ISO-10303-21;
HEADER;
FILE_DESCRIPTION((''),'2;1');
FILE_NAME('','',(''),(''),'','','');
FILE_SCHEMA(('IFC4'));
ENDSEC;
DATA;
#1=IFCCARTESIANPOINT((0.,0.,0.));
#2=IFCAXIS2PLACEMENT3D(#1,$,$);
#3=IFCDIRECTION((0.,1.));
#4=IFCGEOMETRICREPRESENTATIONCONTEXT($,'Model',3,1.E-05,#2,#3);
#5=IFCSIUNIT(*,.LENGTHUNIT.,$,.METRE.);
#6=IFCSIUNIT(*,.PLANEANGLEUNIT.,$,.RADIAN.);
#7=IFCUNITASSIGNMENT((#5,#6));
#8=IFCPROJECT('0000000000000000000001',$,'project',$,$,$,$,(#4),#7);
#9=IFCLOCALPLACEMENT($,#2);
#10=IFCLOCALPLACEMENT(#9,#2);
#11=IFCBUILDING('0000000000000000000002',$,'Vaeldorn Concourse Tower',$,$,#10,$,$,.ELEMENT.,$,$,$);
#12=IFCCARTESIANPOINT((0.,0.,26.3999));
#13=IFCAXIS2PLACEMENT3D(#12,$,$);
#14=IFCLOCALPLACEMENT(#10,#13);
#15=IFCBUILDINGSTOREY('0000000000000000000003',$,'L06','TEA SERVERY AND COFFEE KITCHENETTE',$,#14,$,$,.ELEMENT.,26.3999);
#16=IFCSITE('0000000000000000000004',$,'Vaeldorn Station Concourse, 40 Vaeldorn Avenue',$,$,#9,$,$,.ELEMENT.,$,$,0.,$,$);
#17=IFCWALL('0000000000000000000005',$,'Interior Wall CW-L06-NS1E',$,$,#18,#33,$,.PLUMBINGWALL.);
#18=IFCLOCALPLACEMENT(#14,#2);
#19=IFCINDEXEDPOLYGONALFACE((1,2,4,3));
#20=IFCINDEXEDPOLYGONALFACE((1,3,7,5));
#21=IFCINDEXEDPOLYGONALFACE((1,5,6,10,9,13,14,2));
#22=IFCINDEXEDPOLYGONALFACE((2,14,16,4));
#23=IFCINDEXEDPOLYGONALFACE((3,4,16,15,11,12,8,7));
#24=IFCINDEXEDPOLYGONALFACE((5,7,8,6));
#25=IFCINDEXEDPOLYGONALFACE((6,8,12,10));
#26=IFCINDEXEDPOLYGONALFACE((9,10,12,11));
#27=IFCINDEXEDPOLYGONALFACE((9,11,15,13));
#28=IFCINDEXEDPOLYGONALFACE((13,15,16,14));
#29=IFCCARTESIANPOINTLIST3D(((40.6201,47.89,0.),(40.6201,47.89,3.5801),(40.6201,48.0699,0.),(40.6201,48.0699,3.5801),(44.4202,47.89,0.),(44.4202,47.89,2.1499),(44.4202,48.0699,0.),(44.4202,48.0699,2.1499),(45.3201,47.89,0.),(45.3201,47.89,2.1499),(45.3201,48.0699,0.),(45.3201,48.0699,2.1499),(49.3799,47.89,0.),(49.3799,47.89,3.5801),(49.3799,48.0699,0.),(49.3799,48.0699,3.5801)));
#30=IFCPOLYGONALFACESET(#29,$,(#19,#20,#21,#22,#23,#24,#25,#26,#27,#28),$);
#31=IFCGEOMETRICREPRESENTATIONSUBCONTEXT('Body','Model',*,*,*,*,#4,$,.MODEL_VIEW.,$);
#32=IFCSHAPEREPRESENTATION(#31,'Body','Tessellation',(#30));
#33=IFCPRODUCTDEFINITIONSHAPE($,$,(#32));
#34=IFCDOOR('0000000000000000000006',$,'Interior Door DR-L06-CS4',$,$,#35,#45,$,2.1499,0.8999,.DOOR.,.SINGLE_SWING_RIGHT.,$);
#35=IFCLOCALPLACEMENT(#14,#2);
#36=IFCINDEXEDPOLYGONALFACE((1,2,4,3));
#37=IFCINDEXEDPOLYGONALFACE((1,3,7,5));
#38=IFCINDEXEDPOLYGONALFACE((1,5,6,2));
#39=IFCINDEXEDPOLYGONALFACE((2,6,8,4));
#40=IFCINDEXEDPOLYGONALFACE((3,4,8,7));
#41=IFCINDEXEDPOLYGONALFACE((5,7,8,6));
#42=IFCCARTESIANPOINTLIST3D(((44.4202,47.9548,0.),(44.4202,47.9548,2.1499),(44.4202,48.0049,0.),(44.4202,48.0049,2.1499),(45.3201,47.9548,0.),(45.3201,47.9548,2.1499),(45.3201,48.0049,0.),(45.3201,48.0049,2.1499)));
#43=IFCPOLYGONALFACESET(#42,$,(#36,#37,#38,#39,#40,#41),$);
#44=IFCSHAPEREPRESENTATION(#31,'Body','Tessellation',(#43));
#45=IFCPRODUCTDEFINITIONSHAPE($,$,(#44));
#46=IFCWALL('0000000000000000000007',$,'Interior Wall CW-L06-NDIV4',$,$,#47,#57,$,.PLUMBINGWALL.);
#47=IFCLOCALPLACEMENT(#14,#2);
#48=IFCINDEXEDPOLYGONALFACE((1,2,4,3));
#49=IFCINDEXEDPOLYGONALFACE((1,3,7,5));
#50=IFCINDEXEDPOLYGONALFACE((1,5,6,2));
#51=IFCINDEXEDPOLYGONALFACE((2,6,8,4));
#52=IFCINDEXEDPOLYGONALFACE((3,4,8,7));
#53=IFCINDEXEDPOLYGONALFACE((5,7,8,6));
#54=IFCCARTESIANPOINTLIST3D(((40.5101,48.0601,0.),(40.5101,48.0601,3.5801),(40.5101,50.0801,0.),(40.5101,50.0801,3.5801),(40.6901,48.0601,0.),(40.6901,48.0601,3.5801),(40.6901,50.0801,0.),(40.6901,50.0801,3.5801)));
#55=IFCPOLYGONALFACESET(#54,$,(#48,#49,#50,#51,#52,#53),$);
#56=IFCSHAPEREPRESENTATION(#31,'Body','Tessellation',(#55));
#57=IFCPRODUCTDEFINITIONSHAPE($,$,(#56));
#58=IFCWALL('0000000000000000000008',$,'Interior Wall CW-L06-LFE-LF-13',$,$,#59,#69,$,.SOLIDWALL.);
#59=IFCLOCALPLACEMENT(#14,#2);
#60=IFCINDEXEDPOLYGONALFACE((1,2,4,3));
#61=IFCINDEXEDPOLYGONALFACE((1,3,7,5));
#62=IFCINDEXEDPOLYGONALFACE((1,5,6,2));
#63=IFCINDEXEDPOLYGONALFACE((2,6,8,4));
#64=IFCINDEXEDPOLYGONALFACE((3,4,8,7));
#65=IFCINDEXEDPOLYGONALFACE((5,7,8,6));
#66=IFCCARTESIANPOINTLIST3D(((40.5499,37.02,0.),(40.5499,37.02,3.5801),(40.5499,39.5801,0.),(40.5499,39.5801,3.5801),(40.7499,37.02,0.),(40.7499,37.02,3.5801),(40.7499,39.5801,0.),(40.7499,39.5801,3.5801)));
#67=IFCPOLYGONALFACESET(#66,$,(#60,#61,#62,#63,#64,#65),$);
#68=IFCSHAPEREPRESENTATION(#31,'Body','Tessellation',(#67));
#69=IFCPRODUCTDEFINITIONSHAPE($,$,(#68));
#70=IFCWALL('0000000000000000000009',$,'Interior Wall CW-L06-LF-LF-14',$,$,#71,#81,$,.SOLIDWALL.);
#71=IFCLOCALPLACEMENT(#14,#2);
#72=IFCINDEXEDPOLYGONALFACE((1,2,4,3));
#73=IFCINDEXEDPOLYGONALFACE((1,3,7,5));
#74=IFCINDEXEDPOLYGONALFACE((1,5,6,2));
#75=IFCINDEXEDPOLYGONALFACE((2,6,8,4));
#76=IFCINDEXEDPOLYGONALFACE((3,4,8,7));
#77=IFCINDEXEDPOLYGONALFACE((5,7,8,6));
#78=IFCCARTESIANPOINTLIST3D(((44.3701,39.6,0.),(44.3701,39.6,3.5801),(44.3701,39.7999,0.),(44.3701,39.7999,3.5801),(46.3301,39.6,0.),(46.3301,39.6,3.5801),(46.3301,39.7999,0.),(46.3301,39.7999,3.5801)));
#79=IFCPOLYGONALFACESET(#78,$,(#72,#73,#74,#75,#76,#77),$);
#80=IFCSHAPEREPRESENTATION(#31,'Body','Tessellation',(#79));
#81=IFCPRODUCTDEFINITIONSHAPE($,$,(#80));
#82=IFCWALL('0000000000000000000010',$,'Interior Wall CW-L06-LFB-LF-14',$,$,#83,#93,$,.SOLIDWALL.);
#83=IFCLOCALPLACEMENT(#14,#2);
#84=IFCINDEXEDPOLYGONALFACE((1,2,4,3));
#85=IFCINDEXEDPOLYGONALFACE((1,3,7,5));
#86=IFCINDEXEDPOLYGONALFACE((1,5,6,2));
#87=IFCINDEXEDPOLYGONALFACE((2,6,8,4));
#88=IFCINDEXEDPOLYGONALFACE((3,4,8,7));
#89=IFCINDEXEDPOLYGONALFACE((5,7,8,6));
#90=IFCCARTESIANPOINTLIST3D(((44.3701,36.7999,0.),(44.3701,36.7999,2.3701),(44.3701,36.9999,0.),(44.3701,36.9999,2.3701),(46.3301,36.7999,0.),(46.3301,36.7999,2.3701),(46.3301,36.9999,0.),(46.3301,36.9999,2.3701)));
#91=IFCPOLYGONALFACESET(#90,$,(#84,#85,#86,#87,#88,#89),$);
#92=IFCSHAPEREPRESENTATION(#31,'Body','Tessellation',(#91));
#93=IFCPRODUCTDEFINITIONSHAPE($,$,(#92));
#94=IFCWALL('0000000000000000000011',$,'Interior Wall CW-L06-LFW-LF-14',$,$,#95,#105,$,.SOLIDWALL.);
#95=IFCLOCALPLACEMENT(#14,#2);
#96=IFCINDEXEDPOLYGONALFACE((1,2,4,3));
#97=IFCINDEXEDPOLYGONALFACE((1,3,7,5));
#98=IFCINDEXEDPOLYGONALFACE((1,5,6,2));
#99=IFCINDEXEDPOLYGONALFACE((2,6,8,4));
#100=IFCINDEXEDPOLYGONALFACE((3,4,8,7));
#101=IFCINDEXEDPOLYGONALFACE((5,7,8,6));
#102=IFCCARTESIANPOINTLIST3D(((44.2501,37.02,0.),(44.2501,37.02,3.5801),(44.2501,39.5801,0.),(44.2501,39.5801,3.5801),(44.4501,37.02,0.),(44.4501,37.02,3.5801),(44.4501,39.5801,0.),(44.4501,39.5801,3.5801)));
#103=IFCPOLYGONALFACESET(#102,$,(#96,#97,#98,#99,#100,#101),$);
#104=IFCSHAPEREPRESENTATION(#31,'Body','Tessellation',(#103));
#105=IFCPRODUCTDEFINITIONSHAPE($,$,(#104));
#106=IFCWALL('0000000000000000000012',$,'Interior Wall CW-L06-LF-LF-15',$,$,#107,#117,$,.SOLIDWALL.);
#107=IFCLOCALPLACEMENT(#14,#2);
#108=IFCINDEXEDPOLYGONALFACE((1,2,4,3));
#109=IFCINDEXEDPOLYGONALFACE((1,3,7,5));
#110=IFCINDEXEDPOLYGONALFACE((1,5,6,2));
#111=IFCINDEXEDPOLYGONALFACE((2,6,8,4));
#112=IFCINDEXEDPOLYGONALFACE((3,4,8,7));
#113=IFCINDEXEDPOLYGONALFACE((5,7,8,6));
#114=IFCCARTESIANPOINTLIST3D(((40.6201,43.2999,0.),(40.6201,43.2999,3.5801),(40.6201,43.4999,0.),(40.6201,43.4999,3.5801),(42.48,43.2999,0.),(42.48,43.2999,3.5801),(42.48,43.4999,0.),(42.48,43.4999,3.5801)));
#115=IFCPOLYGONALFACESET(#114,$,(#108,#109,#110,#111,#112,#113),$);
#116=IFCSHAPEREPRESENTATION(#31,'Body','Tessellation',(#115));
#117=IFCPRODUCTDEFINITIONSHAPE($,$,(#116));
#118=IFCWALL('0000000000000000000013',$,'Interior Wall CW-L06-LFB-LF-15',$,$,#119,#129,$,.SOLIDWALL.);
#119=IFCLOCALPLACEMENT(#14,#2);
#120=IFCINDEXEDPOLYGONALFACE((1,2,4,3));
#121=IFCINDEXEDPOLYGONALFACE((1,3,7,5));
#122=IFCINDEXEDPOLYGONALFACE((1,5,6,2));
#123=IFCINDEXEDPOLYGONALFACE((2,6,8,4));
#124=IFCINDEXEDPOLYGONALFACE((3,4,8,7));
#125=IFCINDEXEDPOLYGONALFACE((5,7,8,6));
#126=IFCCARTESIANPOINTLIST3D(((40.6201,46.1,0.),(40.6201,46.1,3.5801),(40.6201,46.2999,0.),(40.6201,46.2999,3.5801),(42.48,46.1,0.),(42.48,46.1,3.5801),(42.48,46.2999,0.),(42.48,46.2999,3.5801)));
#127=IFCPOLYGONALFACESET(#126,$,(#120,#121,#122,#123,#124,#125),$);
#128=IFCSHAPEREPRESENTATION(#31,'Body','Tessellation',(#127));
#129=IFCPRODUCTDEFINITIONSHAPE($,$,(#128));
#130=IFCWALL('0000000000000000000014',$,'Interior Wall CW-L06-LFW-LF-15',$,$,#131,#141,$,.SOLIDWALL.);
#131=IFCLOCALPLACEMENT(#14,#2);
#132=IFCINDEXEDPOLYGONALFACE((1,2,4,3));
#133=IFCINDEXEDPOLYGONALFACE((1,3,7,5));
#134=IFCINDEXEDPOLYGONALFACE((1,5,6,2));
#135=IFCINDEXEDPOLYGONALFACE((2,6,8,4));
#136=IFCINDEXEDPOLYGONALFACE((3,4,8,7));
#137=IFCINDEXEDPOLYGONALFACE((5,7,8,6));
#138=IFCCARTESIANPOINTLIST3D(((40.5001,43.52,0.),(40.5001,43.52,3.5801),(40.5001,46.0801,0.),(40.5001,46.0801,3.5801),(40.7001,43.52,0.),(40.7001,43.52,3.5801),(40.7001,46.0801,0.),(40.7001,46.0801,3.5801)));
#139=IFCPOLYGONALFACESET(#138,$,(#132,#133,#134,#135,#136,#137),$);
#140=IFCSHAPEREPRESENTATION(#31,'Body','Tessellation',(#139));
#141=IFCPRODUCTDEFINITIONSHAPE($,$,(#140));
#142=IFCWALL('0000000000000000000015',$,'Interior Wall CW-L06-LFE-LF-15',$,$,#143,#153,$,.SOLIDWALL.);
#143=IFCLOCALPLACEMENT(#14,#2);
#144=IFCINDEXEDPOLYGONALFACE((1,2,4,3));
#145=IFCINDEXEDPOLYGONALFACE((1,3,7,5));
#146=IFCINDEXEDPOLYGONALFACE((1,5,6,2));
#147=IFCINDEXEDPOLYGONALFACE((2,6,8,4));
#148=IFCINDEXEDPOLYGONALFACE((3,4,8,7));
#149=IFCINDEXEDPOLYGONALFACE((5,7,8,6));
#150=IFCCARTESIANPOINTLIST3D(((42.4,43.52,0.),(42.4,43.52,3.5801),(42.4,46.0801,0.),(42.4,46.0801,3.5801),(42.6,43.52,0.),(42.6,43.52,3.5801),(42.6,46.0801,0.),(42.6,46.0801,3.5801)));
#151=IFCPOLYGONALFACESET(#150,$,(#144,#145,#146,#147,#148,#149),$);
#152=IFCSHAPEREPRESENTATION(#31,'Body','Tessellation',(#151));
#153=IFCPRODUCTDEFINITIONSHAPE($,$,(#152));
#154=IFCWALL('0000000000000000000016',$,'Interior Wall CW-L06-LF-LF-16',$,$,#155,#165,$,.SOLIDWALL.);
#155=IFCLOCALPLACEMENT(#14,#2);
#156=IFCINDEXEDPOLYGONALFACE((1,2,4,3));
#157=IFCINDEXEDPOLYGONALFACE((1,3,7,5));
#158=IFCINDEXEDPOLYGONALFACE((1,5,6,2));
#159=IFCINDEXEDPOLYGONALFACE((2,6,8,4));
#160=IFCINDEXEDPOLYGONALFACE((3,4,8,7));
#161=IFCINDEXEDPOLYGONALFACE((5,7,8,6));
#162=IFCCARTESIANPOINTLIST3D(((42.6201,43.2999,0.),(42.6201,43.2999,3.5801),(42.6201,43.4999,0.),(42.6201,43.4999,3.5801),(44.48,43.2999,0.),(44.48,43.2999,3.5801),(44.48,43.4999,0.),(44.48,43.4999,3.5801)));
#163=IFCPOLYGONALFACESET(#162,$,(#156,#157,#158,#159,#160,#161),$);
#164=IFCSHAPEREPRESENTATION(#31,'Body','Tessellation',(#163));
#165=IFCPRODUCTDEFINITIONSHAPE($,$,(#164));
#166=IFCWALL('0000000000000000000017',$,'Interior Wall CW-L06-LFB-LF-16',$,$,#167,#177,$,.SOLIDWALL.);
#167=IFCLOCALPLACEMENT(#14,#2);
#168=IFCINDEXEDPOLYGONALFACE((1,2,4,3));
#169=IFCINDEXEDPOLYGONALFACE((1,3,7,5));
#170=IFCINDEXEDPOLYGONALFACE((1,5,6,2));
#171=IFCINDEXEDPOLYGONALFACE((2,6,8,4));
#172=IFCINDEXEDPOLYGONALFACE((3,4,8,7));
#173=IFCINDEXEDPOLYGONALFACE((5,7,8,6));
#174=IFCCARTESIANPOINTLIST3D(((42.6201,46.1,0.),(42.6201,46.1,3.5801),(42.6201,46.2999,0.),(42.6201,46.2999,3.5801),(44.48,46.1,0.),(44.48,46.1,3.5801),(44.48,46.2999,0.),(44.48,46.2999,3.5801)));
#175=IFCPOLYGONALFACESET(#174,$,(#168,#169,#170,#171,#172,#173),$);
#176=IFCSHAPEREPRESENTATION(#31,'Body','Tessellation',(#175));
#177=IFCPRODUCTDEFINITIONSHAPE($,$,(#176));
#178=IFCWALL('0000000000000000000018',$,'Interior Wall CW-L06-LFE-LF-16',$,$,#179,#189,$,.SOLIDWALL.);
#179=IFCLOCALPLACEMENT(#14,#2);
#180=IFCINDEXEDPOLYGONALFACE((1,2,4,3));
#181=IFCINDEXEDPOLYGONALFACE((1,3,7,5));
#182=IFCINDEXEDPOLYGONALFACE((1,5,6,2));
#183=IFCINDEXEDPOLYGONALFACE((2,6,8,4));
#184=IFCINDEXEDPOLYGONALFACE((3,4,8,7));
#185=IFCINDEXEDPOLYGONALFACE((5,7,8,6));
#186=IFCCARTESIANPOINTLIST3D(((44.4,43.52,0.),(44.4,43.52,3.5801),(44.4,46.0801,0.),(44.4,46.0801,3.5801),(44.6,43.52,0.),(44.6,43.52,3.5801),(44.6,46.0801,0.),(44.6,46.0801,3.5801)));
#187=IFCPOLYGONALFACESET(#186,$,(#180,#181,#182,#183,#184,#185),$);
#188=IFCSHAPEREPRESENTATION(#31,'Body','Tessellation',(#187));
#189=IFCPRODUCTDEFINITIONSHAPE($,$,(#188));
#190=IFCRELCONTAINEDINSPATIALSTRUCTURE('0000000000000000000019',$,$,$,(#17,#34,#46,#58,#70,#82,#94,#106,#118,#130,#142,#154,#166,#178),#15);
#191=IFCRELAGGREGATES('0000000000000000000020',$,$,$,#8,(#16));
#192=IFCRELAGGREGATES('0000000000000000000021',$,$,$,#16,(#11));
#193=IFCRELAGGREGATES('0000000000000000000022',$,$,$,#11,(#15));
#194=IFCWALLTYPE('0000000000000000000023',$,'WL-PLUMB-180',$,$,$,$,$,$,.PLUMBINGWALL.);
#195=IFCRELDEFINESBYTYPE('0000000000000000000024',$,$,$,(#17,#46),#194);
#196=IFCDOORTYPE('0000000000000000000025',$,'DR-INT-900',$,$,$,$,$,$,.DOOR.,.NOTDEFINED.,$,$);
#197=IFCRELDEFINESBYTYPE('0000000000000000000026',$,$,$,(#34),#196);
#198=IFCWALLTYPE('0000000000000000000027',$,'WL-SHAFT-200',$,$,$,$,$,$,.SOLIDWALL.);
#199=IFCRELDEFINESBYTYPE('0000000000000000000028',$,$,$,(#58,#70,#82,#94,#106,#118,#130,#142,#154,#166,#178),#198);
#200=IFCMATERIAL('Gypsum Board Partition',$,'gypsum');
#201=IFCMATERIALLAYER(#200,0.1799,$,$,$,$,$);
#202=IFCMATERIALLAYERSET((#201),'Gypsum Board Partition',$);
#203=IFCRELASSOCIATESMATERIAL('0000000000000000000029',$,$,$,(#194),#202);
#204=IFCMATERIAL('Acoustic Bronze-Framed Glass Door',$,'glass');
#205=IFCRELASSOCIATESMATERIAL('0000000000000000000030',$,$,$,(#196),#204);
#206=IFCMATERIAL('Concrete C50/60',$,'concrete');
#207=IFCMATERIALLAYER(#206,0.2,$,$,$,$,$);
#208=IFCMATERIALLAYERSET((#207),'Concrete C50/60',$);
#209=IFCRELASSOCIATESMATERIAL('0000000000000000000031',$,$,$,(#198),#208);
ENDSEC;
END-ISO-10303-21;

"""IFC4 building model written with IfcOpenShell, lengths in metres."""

from ifc_helpers import new_model, si_unit, direction, frame, frame_2d, origin, place, context, subcontext, project, spatial, rectangle, extrude, source, transform, mapped, material, layer, layer_set, type_object, element, fill, save


model = new_model("IFC4")

# Units and contexts
model_context = context("Model", 3, precision=1e-05, world=origin(), true_north=direction((0.0, 1.0)))
body_context = subcontext(model_context, "Body", "Model", "MODEL_VIEW")
ifc_project = project(units=[si_unit("LENGTHUNIT", "METRE"), si_unit("PLANEANGLEUNIT", "RADIAN")], contexts=[model_context])

# Site, building, storey
site_placement = place(None, origin())
site = spatial("IfcSite", under=ifc_project, at=site_placement, Name="Vaeldorn Station Concourse, 40 Vaeldorn Avenue", CompositionType="ELEMENT", RefElevation=0.0)
building_placement = place(site_placement, origin())
building = spatial("IfcBuilding", under=site, at=building_placement, Name="Vaeldorn Concourse Tower", CompositionType="ELEMENT")
storey_placement = place(building_placement, frame((0.0, 0.0, 26.3999)))
storey = spatial("IfcBuildingStorey", under=building, at=storey_placement, Name="L06", Description="TEA SERVERY AND COFFEE KITCHENETTE", CompositionType="ELEMENT", Elevation=26.3999)

# Wall, opening, door
ifc_material_1 = material(Name="Gypsum Board Partition", Category="gypsum")
ifc_layer_1 = layer(ifc_material_1, 0.1799)
ifc_layer_set_1 = layer_set([ifc_layer_1], Name="Gypsum Board Partition")
wall_type_1 = type_object("IfcWallType", Name="WL-PLUMB-180", PredefinedType="PLUMBINGWALL", material=ifc_layer_set_1)
wall_1_placement = place(storey_placement, frame((40.6201, 47.98, 0.0), z_axis=(0.0, 0.0, 1.0), x_axis=(1.0, 0.0, 0.0)))
wall_1 = element("IfcWall", 1, at=wall_1_placement, inside=storey, type_object=wall_type_1, Name="Interior Wall CW-L06-NS1E", PredefinedType="PLUMBINGWALL", context=body_context, shape_type="SweptSolid", body=[
    extrude(rectangle(XDim=8.7598, YDim=0.1799, at=frame_2d((4.3799, 0.0))), origin(), (0.0, 0.0, 1.0), 3.5801),
])
opening_1_placement = place(wall_1_placement, frame((3.8, 0.0, 0.0)))
opening_1 = element("IfcOpeningElement", 2, at=opening_1_placement, cuts=wall_1, PredefinedType="OPENING", context=body_context, shape_type="SweptSolid", body=[
    extrude(rectangle(XDim=0.8999, YDim=2.1499, at=frame_2d((0.45, 1.075))), frame((0.0, 0.1001, 0.0), z_axis=(0.0, -1.0, 0.0), x_axis=(1.0, 0.0, 0.0)), (0.0, 0.0, 1.0), 0.2),
])
ifc_material_2 = material(Name="Acoustic Bronze-Framed Glass Door", Category="glass")
door_type_1 = type_object("IfcDoorType", Name="DR-INT-900", OperationType="NOTDEFINED", PredefinedType="DOOR", material=ifc_material_2)
shared_shape_1 = source(origin(), body_context, "Body", "SweptSolid", [
    extrude(rectangle(XDim=0.8999, YDim=2.1499, at=frame_2d((0.45, 1.075))), frame((0.0, 0.0249, 0.0), z_axis=(0.0, -1.0, 0.0), x_axis=(1.0, 0.0, 0.0)), (0.0, 0.0, 1.0), 0.05),
])
door_1_placement = place(opening_1_placement, origin())
door_1 = element("IfcDoor", 3, at=door_1_placement, inside=storey, type_object=door_type_1, Name="Interior Door DR-L06-CS4", OperationType="SINGLE_SWING_RIGHT", OverallHeight=2.1499, OverallWidth=0.8999, PredefinedType="DOOR", context=body_context, shape_type="MappedRepresentation", body=[
    mapped(shared_shape_1, transform((0.0, 0.0, 0.0), scale=1.0)),
])
fill(opening_1, door_1)

# Walls
wall_2_placement = place(storey_placement, frame((40.6001, 48.0601, 0.0), z_axis=(0.0, 0.0, 1.0), x_axis=(0.0, 1.0, 0.0)))
element("IfcWall", 4, at=wall_2_placement, inside=storey, type_object=wall_type_1, Name="Interior Wall CW-L06-NDIV4", PredefinedType="PLUMBINGWALL", context=body_context, shape_type="SweptSolid", body=[
    extrude(rectangle(XDim=2.02, YDim=0.1799, at=frame_2d((1.01, 0.0))), origin(), (0.0, 0.0, 1.0), 3.5801),
])
ifc_material_3 = material(Name="Concrete C50/60", Category="concrete")
ifc_layer_2 = layer(ifc_material_3, 0.2)
ifc_layer_set_2 = layer_set([ifc_layer_2], Name="Concrete C50/60")
wall_type_2 = type_object("IfcWallType", Name="WL-SHAFT-200", PredefinedType="SOLIDWALL", material=ifc_layer_set_2)
wall_3_placement = place(storey_placement, frame((40.6499, 37.02, 0.0), z_axis=(0.0, 0.0, 1.0), x_axis=(0.0, 1.0, 0.0)))
element("IfcWall", 5, at=wall_3_placement, inside=storey, type_object=wall_type_2, Name="Interior Wall CW-L06-LFE-LF-13", PredefinedType="SOLIDWALL", context=body_context, shape_type="SweptSolid", body=[
    extrude(rectangle(XDim=2.5601, YDim=0.2, at=frame_2d((1.28, 0.0))), origin(), (0.0, 0.0, 1.0), 3.5801),
])
wall_4_placement = place(storey_placement, frame((44.3701, 39.7, 0.0), z_axis=(0.0, 0.0, 1.0), x_axis=(1.0, 0.0, 0.0)))
element("IfcWall", 6, at=wall_4_placement, inside=storey, type_object=wall_type_2, Name="Interior Wall CW-L06-LF-LF-14", PredefinedType="SOLIDWALL", context=body_context, shape_type="SweptSolid", body=[
    extrude(rectangle(XDim=1.96, YDim=0.2, at=frame_2d((0.98, 0.0))), origin(), (0.0, 0.0, 1.0), 3.5801),
])
wall_5_placement = place(storey_placement, frame((44.3701, 36.8999, 0.0), z_axis=(0.0, 0.0, 1.0), x_axis=(1.0, 0.0, 0.0)))
element("IfcWall", 7, at=wall_5_placement, inside=storey, type_object=wall_type_2, Name="Interior Wall CW-L06-LFB-LF-14", PredefinedType="SOLIDWALL", context=body_context, shape_type="SweptSolid", body=[
    extrude(rectangle(XDim=1.96, YDim=0.2, at=frame_2d((0.98, 0.0))), origin(), (0.0, 0.0, 1.0), 2.3701),
])
wall_6_placement = place(storey_placement, frame((44.3501, 37.02, 0.0), z_axis=(0.0, 0.0, 1.0), x_axis=(0.0, 1.0, 0.0)))
element("IfcWall", 8, at=wall_6_placement, inside=storey, type_object=wall_type_2, Name="Interior Wall CW-L06-LFW-LF-14", PredefinedType="SOLIDWALL", context=body_context, shape_type="SweptSolid", body=[
    extrude(rectangle(XDim=2.5601, YDim=0.2, at=frame_2d((1.28, 0.0))), origin(), (0.0, 0.0, 1.0), 3.5801),
])
for number, where, z_axis, x_axis, name in (
    (9, (40.6201, 43.3999, 0.0), (0.0, 0.0, 1.0), (1.0, 0.0, 0.0), "Interior Wall CW-L06-LF-LF-15"),
    (10, (40.6201, 46.2, 0.0), (0.0, 0.0, 1.0), (1.0, 0.0, 0.0), "Interior Wall CW-L06-LFB-LF-15"),
):
    element("IfcWall", number, at=place(storey_placement, frame(where, z_axis=z_axis, x_axis=x_axis)), inside=storey, type_object=wall_type_2, Name=name, PredefinedType="SOLIDWALL", context=body_context, shape_type="SweptSolid", body=[
        extrude(rectangle(XDim=1.8599, YDim=0.2, at=frame_2d((0.9299, 0.0))), origin(), (0.0, 0.0, 1.0), 3.5801),
    ])
for number, where, z_axis, x_axis, name in (
    (11, (40.6001, 43.52, 0.0), (0.0, 0.0, 1.0), (0.0, 1.0, 0.0), "Interior Wall CW-L06-LFW-LF-15"),
    (12, (42.5, 43.52, 0.0), (0.0, 0.0, 1.0), (0.0, 1.0, 0.0), "Interior Wall CW-L06-LFE-LF-15"),
):
    element("IfcWall", number, at=place(storey_placement, frame(where, z_axis=z_axis, x_axis=x_axis)), inside=storey, type_object=wall_type_2, Name=name, PredefinedType="SOLIDWALL", context=body_context, shape_type="SweptSolid", body=[
        extrude(rectangle(XDim=2.5601, YDim=0.2, at=frame_2d((1.28, 0.0))), origin(), (0.0, 0.0, 1.0), 3.5801),
    ])
for number, where, z_axis, x_axis, name in (
    (13, (42.6201, 43.3999, 0.0), (0.0, 0.0, 1.0), (1.0, 0.0, 0.0), "Interior Wall CW-L06-LF-LF-16"),
    (14, (42.6201, 46.2, 0.0), (0.0, 0.0, 1.0), (1.0, 0.0, 0.0), "Interior Wall CW-L06-LFB-LF-16"),
):
    element("IfcWall", number, at=place(storey_placement, frame(where, z_axis=z_axis, x_axis=x_axis)), inside=storey, type_object=wall_type_2, Name=name, PredefinedType="SOLIDWALL", context=body_context, shape_type="SweptSolid", body=[
        extrude(rectangle(XDim=1.8599, YDim=0.2, at=frame_2d((0.9299, 0.0))), origin(), (0.0, 0.0, 1.0), 3.5801),
    ])
wall_7_placement = place(storey_placement, frame((44.5, 43.52, 0.0), z_axis=(0.0, 0.0, 1.0), x_axis=(0.0, 1.0, 0.0)))
element("IfcWall", 15, at=wall_7_placement, inside=storey, type_object=wall_type_2, Name="Interior Wall CW-L06-LFE-LF-16", PredefinedType="SOLIDWALL", context=body_context, shape_type="SweptSolid", body=[
    extrude(rectangle(XDim=2.5601, YDim=0.2, at=frame_2d((1.28, 0.0))), origin(), (0.0, 0.0, 1.0), 3.5801),
])

save(model, "model.ifc")
